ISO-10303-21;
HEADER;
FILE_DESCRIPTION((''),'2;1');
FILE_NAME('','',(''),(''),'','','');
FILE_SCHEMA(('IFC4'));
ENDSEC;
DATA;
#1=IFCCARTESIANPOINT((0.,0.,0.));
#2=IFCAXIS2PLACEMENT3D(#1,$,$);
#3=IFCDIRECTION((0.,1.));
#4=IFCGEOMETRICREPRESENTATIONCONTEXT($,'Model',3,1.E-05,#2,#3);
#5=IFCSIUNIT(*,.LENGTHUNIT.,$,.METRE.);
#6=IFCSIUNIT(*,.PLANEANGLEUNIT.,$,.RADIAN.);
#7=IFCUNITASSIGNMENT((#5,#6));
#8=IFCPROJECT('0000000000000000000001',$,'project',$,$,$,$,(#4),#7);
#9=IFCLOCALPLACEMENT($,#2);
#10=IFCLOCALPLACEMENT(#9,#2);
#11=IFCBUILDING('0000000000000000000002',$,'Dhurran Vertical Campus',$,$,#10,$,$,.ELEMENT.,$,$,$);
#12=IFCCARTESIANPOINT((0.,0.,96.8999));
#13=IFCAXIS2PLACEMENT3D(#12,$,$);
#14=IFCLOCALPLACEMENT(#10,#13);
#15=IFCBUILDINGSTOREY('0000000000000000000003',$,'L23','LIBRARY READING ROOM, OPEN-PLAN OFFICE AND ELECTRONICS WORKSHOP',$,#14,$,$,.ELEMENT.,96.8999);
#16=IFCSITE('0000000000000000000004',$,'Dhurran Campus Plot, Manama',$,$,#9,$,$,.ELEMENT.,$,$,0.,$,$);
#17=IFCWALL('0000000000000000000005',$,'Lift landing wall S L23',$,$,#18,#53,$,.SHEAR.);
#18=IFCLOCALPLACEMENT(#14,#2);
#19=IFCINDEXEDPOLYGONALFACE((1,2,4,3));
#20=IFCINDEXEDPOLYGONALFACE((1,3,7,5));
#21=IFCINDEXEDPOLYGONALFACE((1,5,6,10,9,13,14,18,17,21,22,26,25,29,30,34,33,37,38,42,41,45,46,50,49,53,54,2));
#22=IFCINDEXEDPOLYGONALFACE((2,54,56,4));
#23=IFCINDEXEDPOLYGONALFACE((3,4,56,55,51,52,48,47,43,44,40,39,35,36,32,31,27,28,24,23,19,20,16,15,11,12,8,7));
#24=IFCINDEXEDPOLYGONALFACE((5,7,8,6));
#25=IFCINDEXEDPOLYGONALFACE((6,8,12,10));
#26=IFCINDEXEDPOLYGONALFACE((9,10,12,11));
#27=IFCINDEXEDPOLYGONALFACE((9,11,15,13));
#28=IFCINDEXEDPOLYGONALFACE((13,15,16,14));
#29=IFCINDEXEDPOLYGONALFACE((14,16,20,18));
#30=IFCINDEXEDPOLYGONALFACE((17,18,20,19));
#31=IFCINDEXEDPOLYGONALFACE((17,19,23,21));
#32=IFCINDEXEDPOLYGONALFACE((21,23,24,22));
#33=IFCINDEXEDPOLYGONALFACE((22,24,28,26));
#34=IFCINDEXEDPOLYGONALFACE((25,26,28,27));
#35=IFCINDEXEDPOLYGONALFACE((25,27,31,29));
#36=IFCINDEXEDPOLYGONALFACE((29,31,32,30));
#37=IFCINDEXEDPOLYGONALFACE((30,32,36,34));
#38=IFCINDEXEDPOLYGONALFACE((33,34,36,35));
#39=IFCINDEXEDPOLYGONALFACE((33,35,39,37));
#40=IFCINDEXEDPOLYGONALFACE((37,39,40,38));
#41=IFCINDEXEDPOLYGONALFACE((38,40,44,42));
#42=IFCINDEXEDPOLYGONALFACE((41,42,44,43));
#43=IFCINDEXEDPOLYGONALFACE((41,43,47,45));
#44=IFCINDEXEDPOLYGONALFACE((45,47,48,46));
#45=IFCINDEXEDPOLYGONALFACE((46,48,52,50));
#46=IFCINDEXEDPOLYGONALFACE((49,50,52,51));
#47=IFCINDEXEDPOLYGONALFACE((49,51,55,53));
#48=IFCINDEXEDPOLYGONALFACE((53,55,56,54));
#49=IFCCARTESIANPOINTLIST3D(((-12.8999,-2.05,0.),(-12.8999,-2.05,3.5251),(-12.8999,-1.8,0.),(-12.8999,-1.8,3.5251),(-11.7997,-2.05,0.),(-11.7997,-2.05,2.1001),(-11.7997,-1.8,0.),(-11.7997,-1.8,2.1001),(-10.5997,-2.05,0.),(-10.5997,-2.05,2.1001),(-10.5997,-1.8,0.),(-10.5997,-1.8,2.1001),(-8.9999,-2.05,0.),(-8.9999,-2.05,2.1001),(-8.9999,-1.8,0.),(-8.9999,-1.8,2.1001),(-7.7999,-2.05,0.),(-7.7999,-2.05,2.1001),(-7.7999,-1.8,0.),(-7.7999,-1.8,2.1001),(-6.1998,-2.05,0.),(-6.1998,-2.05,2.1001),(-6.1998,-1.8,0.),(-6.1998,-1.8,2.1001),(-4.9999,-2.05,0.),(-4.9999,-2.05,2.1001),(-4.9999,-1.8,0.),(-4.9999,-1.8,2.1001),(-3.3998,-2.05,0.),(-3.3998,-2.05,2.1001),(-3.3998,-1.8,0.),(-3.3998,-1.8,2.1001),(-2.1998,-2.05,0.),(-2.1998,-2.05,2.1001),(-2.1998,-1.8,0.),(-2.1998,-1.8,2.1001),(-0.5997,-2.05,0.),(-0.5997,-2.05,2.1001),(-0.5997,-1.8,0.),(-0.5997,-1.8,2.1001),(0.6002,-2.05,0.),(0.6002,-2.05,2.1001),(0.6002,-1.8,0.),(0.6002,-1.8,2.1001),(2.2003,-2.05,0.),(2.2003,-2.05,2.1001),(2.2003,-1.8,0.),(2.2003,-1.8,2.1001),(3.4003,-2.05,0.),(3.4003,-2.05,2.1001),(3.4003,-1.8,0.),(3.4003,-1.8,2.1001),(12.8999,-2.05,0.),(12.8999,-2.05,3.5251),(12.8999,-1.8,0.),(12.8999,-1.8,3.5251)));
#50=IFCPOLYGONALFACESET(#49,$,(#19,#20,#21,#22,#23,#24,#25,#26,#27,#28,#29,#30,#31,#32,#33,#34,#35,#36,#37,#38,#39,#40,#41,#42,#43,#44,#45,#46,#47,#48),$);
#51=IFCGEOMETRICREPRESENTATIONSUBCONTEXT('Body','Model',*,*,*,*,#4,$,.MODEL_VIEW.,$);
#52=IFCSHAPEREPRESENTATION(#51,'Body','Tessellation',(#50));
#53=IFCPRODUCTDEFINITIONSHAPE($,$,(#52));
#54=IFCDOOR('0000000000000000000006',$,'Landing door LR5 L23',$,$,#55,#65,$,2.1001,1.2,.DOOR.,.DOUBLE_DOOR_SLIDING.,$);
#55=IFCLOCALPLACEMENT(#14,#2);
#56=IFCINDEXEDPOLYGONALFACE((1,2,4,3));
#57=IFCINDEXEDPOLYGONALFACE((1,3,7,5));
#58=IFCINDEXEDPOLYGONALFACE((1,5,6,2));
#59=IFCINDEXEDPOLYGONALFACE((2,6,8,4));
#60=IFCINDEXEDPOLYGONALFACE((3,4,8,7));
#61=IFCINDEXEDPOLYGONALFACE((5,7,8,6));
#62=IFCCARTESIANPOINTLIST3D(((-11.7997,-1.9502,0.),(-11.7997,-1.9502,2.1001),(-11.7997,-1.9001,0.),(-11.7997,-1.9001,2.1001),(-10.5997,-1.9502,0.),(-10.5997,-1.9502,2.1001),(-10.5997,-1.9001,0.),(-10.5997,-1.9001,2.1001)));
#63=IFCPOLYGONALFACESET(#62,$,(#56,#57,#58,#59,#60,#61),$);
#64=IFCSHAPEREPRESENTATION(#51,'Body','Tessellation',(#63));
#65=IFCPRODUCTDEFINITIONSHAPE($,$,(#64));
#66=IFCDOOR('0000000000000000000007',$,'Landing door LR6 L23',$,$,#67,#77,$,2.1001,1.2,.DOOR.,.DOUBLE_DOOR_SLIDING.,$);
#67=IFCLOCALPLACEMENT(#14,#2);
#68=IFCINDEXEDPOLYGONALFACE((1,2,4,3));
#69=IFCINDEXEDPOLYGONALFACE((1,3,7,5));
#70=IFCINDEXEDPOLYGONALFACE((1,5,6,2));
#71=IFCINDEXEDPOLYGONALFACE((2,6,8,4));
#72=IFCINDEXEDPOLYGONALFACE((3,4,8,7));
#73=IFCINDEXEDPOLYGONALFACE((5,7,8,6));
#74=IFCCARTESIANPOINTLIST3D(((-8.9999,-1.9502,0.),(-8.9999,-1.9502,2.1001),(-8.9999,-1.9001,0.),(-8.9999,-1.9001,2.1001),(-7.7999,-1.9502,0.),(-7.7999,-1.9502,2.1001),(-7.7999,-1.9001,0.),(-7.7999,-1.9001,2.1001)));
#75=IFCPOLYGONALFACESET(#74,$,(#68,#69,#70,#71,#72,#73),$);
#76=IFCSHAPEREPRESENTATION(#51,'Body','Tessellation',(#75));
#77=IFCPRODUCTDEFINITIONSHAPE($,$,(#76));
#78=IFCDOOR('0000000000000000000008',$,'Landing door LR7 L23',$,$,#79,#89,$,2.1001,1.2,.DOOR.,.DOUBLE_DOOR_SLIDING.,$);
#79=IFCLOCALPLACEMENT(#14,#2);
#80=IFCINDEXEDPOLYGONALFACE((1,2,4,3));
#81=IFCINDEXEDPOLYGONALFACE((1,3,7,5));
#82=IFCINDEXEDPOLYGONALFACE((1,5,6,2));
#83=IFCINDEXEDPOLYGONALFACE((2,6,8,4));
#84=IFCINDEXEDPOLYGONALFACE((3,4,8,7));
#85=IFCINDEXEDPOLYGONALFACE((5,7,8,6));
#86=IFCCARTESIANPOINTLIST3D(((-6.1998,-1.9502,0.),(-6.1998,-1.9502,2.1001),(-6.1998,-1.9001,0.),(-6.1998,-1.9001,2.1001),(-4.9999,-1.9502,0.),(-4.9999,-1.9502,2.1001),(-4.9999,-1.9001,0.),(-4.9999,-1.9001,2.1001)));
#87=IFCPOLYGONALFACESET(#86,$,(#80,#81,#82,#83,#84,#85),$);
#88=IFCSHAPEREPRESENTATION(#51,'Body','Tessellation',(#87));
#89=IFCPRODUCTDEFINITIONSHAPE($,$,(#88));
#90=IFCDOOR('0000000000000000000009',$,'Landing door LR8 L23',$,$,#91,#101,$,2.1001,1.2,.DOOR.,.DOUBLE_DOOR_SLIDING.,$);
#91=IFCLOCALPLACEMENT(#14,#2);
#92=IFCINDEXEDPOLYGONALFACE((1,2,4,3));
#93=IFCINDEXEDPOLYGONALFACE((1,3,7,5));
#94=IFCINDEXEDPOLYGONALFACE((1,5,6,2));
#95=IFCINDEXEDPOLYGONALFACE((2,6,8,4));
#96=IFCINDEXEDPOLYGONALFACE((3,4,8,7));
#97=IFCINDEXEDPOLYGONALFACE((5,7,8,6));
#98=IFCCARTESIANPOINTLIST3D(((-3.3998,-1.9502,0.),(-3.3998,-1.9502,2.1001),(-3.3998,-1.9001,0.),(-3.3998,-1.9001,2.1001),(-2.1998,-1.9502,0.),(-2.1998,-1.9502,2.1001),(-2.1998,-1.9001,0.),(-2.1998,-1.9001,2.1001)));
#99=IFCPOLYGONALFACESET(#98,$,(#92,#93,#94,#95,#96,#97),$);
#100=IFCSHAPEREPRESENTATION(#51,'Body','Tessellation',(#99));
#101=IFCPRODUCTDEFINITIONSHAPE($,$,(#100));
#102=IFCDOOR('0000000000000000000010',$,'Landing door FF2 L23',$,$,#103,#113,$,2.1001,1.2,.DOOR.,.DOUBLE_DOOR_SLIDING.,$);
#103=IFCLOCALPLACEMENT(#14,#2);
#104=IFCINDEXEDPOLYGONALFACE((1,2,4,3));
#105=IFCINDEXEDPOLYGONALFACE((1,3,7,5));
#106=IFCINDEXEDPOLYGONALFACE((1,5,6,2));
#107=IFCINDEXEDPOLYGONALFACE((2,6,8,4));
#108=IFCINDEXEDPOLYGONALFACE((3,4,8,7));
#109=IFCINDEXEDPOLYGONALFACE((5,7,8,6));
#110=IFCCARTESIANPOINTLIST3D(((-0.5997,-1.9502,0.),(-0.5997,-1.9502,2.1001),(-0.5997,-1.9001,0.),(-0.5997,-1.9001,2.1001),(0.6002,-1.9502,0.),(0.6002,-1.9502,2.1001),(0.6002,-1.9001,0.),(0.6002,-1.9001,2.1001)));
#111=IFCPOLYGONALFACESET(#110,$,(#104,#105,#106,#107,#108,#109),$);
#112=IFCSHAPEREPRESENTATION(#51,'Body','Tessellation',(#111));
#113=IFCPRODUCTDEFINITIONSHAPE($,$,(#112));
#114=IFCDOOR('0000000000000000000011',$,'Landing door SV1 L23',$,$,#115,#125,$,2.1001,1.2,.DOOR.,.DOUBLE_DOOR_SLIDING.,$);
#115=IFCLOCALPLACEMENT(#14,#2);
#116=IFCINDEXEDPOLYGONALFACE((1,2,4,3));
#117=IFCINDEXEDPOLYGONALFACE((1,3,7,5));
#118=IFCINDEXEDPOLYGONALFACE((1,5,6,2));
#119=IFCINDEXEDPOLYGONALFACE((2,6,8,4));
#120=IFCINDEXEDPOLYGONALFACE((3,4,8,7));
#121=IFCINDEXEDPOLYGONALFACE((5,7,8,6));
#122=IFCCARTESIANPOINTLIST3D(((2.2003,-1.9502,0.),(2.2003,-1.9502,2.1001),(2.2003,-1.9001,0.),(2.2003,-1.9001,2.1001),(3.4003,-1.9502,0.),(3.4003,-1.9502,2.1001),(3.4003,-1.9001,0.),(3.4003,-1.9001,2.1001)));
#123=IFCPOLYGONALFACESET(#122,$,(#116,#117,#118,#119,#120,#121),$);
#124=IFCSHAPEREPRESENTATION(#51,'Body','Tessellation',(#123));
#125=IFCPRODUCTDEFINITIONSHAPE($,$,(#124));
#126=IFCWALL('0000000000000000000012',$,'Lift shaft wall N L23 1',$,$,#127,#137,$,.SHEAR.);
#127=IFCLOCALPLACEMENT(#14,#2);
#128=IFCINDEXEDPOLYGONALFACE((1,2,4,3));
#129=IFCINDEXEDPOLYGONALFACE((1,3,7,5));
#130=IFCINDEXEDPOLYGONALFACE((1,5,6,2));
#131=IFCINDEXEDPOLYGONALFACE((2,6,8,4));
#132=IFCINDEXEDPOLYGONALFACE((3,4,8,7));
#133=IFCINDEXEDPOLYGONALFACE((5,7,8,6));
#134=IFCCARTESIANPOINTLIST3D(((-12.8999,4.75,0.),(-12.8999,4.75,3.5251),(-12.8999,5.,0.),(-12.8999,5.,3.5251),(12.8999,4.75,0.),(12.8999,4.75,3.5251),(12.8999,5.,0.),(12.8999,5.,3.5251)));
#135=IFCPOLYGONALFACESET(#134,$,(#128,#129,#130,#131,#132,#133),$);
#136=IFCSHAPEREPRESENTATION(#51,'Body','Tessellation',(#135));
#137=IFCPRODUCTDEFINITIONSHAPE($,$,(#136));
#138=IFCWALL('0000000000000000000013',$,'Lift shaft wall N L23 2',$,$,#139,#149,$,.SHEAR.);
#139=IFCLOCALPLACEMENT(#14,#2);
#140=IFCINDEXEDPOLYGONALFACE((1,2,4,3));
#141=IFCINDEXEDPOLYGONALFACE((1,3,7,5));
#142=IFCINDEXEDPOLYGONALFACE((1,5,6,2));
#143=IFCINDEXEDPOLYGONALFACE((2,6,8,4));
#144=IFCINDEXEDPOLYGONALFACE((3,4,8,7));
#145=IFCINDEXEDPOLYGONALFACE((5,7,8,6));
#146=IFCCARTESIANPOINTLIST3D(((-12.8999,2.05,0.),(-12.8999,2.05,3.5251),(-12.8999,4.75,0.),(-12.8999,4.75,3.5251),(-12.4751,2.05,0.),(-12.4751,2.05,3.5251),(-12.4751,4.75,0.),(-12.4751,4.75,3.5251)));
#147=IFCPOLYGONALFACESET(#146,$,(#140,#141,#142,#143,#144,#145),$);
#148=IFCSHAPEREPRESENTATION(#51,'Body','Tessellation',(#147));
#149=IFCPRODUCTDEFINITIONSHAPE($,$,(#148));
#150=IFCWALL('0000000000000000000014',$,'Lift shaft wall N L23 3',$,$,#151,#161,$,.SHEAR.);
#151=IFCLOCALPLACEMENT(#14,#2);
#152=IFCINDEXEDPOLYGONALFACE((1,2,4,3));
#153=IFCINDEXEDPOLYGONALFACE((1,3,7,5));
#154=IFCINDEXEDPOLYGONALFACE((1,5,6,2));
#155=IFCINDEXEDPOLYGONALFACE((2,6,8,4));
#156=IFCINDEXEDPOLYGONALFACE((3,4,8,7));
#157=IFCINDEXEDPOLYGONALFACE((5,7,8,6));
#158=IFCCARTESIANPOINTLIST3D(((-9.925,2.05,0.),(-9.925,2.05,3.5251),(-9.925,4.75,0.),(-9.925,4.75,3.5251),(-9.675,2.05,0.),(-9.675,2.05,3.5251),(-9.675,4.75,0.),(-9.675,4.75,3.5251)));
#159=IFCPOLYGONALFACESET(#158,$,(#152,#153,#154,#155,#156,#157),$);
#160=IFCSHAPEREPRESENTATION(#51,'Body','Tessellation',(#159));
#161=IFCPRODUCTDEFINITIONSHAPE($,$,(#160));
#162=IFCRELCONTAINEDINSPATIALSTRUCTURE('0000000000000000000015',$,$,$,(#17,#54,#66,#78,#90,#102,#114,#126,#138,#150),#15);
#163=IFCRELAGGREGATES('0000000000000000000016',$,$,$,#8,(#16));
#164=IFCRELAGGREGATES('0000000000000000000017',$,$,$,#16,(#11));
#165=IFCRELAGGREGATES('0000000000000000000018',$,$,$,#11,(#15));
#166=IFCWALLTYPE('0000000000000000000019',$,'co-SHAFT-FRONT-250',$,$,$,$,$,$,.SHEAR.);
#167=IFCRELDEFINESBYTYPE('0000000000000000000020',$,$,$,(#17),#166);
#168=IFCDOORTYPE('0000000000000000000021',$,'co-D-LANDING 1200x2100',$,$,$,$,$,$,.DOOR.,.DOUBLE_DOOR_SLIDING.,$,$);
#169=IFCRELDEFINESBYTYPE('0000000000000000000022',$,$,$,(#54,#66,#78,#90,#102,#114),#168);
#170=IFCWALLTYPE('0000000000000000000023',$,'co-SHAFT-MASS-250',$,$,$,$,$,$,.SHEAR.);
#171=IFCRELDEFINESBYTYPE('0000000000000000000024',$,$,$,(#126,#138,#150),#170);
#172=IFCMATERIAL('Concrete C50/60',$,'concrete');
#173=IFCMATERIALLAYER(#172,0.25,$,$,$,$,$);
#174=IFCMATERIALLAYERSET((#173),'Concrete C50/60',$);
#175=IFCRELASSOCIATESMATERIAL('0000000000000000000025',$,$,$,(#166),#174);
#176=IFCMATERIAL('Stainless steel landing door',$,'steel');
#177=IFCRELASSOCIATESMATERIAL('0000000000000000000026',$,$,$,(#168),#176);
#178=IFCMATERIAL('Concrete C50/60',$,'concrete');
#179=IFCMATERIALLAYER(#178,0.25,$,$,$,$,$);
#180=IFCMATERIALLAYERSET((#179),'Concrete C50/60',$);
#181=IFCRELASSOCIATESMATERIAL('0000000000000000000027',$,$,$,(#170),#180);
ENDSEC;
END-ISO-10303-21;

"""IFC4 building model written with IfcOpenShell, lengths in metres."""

from ifc_helpers import new_model, si_unit, direction, frame, frame_2d, origin, place, context, subcontext, project, spatial, polyline, rectangle, outline, extrude, material, layer, layer_set, type_object, element, fill, save


model = new_model("IFC4")

# Units and contexts
model_context = context("Model", 3, precision=1e-05, world=origin(), true_north=direction((0.0, 1.0)))
body_context = subcontext(model_context, "Body", "Model", "MODEL_VIEW")
ifc_project = project(units=[si_unit("LENGTHUNIT", "METRE"), si_unit("PLANEANGLEUNIT", "RADIAN")], contexts=[model_context])

# Site, building, storey
site_placement = place(None, origin())
site = spatial("IfcSite", under=ifc_project, at=site_placement, Name="Dhurran Campus Plot, Manama", CompositionType="ELEMENT", RefElevation=0.0)
building_placement = place(site_placement, origin())
building = spatial("IfcBuilding", under=site, at=building_placement, Name="Dhurran Vertical Campus", CompositionType="ELEMENT")
storey_placement = place(building_placement, frame((0.0, 0.0, 96.8999)))
storey = spatial("IfcBuildingStorey", under=building, at=storey_placement, Name="L23", Description="LIBRARY READING ROOM, OPEN-PLAN OFFICE AND ELECTRONICS WORKSHOP", CompositionType="ELEMENT", Elevation=96.8999)

# Wall, openings, doors
ifc_material_1 = material(Name="Concrete C50/60", Category="concrete")
ifc_layer_1 = layer(ifc_material_1, 0.25)
ifc_layer_set_1 = layer_set([ifc_layer_1], Name="Concrete C50/60")
wall_type_1 = type_object("IfcWallType", Name="co-SHAFT-FRONT-250", PredefinedType="SHEAR", material=ifc_layer_set_1)
wall_1_placement = place(storey_placement, frame((-12.8999, -1.925, 0.0), z_axis=(0.0, 0.0, 1.0), x_axis=(1.0, 0.0, 0.0)))
wall_1 = element("IfcWall", 1, at=wall_1_placement, inside=storey, type_object=wall_type_1, Name="Lift landing wall S L23", PredefinedType="SHEAR", context=body_context, shape_type="SweptSolid", body=[
    extrude(rectangle(XDim=25.7998, YDim=0.25, at=frame_2d((12.8999, 0.0))), origin(), (0.0, 0.0, 1.0), 3.5251),
])
opening_1_placement = place(wall_1_placement, frame((1.1001, 0.0, 0.0)))
opening_1 = element("IfcOpeningElement", 2, at=opening_1_placement, cuts=wall_1, PredefinedType="OPENING", context=body_context, shape_type="SweptSolid", body=[
    extrude(rectangle(XDim=1.2, YDim=2.1001, at=frame_2d((0.6001, 1.05))), frame((0.0, 0.135, 0.0), z_axis=(0.0, -1.0, 0.0), x_axis=(1.0, 0.0, 0.0)), (0.0, 0.0, 1.0), 0.27),
])
opening_2_placement = place(wall_1_placement, frame((3.8999, 0.0, 0.0)))
opening_2 = element("IfcOpeningElement", 3, at=opening_2_placement, cuts=wall_1, PredefinedType="OPENING", context=body_context, shape_type="SweptSolid", body=[
    extrude(rectangle(XDim=1.2, YDim=2.1001, at=frame_2d((0.6001, 1.05))), frame((0.0, 0.135, 0.0), z_axis=(0.0, -1.0, 0.0), x_axis=(1.0, 0.0, 0.0)), (0.0, 0.0, 1.0), 0.27),
])
opening_3_placement = place(wall_1_placement, frame((6.7, 0.0, 0.0)))
opening_3 = element("IfcOpeningElement", 4, at=opening_3_placement, cuts=wall_1, PredefinedType="OPENING", context=body_context, shape_type="SweptSolid", body=[
    extrude(rectangle(XDim=1.2, YDim=2.1001, at=frame_2d((0.6001, 1.05))), frame((0.0, 0.135, 0.0), z_axis=(0.0, -1.0, 0.0), x_axis=(1.0, 0.0, 0.0)), (0.0, 0.0, 1.0), 0.27),
])
opening_4_placement = place(wall_1_placement, frame((9.5, 0.0, 0.0)))
opening_4 = element("IfcOpeningElement", 5, at=opening_4_placement, cuts=wall_1, PredefinedType="OPENING", context=body_context, shape_type="SweptSolid", body=[
    extrude(rectangle(XDim=1.2, YDim=2.1001, at=frame_2d((0.6001, 1.05))), frame((0.0, 0.135, 0.0), z_axis=(0.0, -1.0, 0.0), x_axis=(1.0, 0.0, 0.0)), (0.0, 0.0, 1.0), 0.27),
])
opening_5_placement = place(wall_1_placement, frame((12.3, 0.0, 0.0)))
opening_5 = element("IfcOpeningElement", 6, at=opening_5_placement, cuts=wall_1, PredefinedType="OPENING", context=body_context, shape_type="SweptSolid", body=[
    extrude(rectangle(XDim=1.2, YDim=2.1001, at=frame_2d((0.6001, 1.05))), frame((0.0, 0.135, 0.0), z_axis=(0.0, -1.0, 0.0), x_axis=(1.0, 0.0, 0.0)), (0.0, 0.0, 1.0), 0.27),
])
opening_6_placement = place(wall_1_placement, frame((15.1001, 0.0, 0.0)))
opening_6 = element("IfcOpeningElement", 7, at=opening_6_placement, cuts=wall_1, PredefinedType="OPENING", context=body_context, shape_type="SweptSolid", body=[
    extrude(rectangle(XDim=1.2, YDim=2.1001, at=frame_2d((0.6001, 1.05))), frame((0.0, 0.135, 0.0), z_axis=(0.0, -1.0, 0.0), x_axis=(1.0, 0.0, 0.0)), (0.0, 0.0, 1.0), 0.27),
])
ifc_material_2 = material(Name="Stainless steel landing door", Category="steel")
door_type_1 = type_object("IfcDoorType", Name="co-D-LANDING 1200x2100", OperationType="DOUBLE_DOOR_SLIDING", PredefinedType="DOOR", material=ifc_material_2)
door_1_placement = place(opening_1_placement, origin())
door_1 = element("IfcDoor", 8, at=door_1_placement, inside=storey, type_object=door_type_1, Name="Landing door LR5 L23", OperationType="DOUBLE_DOOR_SLIDING", OverallHeight=2.1001, OverallWidth=1.2, PredefinedType="DOOR", context=body_context, shape_type="SweptSolid", body=[
    extrude(rectangle(XDim=1.2, YDim=2.1001, at=frame_2d((0.6001, 1.05))), frame((0.0, 0.0249, 0.0), z_axis=(0.0, -1.0, 0.0), x_axis=(1.0, 0.0, 0.0)), (0.0, 0.0, 1.0), 0.05),
])
fill(opening_1, door_1)
door_2_placement = place(opening_2_placement, origin())
door_2 = element("IfcDoor", 9, at=door_2_placement, inside=storey, type_object=door_type_1, Name="Landing door LR6 L23", OperationType="DOUBLE_DOOR_SLIDING", OverallHeight=2.1001, OverallWidth=1.2, PredefinedType="DOOR", context=body_context, shape_type="SweptSolid", body=[
    extrude(rectangle(XDim=1.2, YDim=2.1001, at=frame_2d((0.6001, 1.05))), frame((0.0, 0.0249, 0.0), z_axis=(0.0, -1.0, 0.0), x_axis=(1.0, 0.0, 0.0)), (0.0, 0.0, 1.0), 0.05),
])
fill(opening_2, door_2)
door_3_placement = place(opening_3_placement, origin())
door_3 = element("IfcDoor", 10, at=door_3_placement, inside=storey, type_object=door_type_1, Name="Landing door LR7 L23", OperationType="DOUBLE_DOOR_SLIDING", OverallHeight=2.1001, OverallWidth=1.2, PredefinedType="DOOR", context=body_context, shape_type="SweptSolid", body=[
    extrude(rectangle(XDim=1.2, YDim=2.1001, at=frame_2d((0.6001, 1.05))), frame((0.0, 0.0249, 0.0), z_axis=(0.0, -1.0, 0.0), x_axis=(1.0, 0.0, 0.0)), (0.0, 0.0, 1.0), 0.05),
])
fill(opening_3, door_3)
door_4_placement = place(opening_4_placement, origin())
door_4 = element("IfcDoor", 11, at=door_4_placement, inside=storey, type_object=door_type_1, Name="Landing door LR8 L23", OperationType="DOUBLE_DOOR_SLIDING", OverallHeight=2.1001, OverallWidth=1.2, PredefinedType="DOOR", context=body_context, shape_type="SweptSolid", body=[
    extrude(rectangle(XDim=1.2, YDim=2.1001, at=frame_2d((0.6001, 1.05))), frame((0.0, 0.0249, 0.0), z_axis=(0.0, -1.0, 0.0), x_axis=(1.0, 0.0, 0.0)), (0.0, 0.0, 1.0), 0.05),
])
fill(opening_4, door_4)
door_5_placement = place(opening_5_placement, origin())
door_5 = element("IfcDoor", 12, at=door_5_placement, inside=storey, type_object=door_type_1, Name="Landing door FF2 L23", OperationType="DOUBLE_DOOR_SLIDING", OverallHeight=2.1001, OverallWidth=1.2, PredefinedType="DOOR", context=body_context, shape_type="SweptSolid", body=[
    extrude(rectangle(XDim=1.2, YDim=2.1001, at=frame_2d((0.6001, 1.05))), frame((0.0, 0.0249, 0.0), z_axis=(0.0, -1.0, 0.0), x_axis=(1.0, 0.0, 0.0)), (0.0, 0.0, 1.0), 0.05),
])
fill(opening_5, door_5)
door_6_placement = place(opening_6_placement, origin())
door_6 = element("IfcDoor", 13, at=door_6_placement, inside=storey, type_object=door_type_1, Name="Landing door SV1 L23", OperationType="DOUBLE_DOOR_SLIDING", OverallHeight=2.1001, OverallWidth=1.2, PredefinedType="DOOR", context=body_context, shape_type="SweptSolid", body=[
    extrude(rectangle(XDim=1.2, YDim=2.1001, at=frame_2d((0.6001, 1.05))), frame((0.0, 0.0249, 0.0), z_axis=(0.0, -1.0, 0.0), x_axis=(1.0, 0.0, 0.0)), (0.0, 0.0, 1.0), 0.05),
])
fill(opening_6, door_6)

# Walls
ifc_material_3 = material(Name="Concrete C50/60", Category="concrete")
ifc_layer_2 = layer(ifc_material_3, 0.25)
ifc_layer_set_2 = layer_set([ifc_layer_2], Name="Concrete C50/60")
wall_type_2 = type_object("IfcWallType", Name="co-SHAFT-MASS-250", PredefinedType="SHEAR", material=ifc_layer_set_2)
wall_2_placement = place(storey_placement, origin())
element("IfcWall", 14, at=wall_2_placement, inside=storey, type_object=wall_type_2, Name="Lift shaft wall N L23 1", PredefinedType="SHEAR", context=body_context, shape_type="SweptSolid", body=[
    extrude(outline(polyline([(-12.8999, 4.75), (12.8999, 4.75), (12.8999, 5.0), (-12.8999, 5.0), (-12.8999, 4.75)])), origin(), (0.0, 0.0, 1.0), 3.5251),
])
wall_3_placement = place(storey_placement, origin())
element("IfcWall", 15, at=wall_3_placement, inside=storey, type_object=wall_type_2, Name="Lift shaft wall N L23 2", PredefinedType="SHEAR", context=body_context, shape_type="SweptSolid", body=[
    extrude(outline(polyline([(-12.8999, 2.05), (-12.4751, 2.05), (-12.4751, 4.75), (-12.8999, 4.75), (-12.8999, 2.05)])), origin(), (0.0, 0.0, 1.0), 3.5251),
])
wall_4_placement = place(storey_placement, origin())
element("IfcWall", 16, at=wall_4_placement, inside=storey, type_object=wall_type_2, Name="Lift shaft wall N L23 3", PredefinedType="SHEAR", context=body_context, shape_type="SweptSolid", body=[
    extrude(outline(polyline([(-9.925, 2.05), (-9.675, 2.05), (-9.675, 4.75), (-9.925, 4.75), (-9.925, 2.05)])), origin(), (0.0, 0.0, 1.0), 3.5251),
])

save(model, "model.ifc")
